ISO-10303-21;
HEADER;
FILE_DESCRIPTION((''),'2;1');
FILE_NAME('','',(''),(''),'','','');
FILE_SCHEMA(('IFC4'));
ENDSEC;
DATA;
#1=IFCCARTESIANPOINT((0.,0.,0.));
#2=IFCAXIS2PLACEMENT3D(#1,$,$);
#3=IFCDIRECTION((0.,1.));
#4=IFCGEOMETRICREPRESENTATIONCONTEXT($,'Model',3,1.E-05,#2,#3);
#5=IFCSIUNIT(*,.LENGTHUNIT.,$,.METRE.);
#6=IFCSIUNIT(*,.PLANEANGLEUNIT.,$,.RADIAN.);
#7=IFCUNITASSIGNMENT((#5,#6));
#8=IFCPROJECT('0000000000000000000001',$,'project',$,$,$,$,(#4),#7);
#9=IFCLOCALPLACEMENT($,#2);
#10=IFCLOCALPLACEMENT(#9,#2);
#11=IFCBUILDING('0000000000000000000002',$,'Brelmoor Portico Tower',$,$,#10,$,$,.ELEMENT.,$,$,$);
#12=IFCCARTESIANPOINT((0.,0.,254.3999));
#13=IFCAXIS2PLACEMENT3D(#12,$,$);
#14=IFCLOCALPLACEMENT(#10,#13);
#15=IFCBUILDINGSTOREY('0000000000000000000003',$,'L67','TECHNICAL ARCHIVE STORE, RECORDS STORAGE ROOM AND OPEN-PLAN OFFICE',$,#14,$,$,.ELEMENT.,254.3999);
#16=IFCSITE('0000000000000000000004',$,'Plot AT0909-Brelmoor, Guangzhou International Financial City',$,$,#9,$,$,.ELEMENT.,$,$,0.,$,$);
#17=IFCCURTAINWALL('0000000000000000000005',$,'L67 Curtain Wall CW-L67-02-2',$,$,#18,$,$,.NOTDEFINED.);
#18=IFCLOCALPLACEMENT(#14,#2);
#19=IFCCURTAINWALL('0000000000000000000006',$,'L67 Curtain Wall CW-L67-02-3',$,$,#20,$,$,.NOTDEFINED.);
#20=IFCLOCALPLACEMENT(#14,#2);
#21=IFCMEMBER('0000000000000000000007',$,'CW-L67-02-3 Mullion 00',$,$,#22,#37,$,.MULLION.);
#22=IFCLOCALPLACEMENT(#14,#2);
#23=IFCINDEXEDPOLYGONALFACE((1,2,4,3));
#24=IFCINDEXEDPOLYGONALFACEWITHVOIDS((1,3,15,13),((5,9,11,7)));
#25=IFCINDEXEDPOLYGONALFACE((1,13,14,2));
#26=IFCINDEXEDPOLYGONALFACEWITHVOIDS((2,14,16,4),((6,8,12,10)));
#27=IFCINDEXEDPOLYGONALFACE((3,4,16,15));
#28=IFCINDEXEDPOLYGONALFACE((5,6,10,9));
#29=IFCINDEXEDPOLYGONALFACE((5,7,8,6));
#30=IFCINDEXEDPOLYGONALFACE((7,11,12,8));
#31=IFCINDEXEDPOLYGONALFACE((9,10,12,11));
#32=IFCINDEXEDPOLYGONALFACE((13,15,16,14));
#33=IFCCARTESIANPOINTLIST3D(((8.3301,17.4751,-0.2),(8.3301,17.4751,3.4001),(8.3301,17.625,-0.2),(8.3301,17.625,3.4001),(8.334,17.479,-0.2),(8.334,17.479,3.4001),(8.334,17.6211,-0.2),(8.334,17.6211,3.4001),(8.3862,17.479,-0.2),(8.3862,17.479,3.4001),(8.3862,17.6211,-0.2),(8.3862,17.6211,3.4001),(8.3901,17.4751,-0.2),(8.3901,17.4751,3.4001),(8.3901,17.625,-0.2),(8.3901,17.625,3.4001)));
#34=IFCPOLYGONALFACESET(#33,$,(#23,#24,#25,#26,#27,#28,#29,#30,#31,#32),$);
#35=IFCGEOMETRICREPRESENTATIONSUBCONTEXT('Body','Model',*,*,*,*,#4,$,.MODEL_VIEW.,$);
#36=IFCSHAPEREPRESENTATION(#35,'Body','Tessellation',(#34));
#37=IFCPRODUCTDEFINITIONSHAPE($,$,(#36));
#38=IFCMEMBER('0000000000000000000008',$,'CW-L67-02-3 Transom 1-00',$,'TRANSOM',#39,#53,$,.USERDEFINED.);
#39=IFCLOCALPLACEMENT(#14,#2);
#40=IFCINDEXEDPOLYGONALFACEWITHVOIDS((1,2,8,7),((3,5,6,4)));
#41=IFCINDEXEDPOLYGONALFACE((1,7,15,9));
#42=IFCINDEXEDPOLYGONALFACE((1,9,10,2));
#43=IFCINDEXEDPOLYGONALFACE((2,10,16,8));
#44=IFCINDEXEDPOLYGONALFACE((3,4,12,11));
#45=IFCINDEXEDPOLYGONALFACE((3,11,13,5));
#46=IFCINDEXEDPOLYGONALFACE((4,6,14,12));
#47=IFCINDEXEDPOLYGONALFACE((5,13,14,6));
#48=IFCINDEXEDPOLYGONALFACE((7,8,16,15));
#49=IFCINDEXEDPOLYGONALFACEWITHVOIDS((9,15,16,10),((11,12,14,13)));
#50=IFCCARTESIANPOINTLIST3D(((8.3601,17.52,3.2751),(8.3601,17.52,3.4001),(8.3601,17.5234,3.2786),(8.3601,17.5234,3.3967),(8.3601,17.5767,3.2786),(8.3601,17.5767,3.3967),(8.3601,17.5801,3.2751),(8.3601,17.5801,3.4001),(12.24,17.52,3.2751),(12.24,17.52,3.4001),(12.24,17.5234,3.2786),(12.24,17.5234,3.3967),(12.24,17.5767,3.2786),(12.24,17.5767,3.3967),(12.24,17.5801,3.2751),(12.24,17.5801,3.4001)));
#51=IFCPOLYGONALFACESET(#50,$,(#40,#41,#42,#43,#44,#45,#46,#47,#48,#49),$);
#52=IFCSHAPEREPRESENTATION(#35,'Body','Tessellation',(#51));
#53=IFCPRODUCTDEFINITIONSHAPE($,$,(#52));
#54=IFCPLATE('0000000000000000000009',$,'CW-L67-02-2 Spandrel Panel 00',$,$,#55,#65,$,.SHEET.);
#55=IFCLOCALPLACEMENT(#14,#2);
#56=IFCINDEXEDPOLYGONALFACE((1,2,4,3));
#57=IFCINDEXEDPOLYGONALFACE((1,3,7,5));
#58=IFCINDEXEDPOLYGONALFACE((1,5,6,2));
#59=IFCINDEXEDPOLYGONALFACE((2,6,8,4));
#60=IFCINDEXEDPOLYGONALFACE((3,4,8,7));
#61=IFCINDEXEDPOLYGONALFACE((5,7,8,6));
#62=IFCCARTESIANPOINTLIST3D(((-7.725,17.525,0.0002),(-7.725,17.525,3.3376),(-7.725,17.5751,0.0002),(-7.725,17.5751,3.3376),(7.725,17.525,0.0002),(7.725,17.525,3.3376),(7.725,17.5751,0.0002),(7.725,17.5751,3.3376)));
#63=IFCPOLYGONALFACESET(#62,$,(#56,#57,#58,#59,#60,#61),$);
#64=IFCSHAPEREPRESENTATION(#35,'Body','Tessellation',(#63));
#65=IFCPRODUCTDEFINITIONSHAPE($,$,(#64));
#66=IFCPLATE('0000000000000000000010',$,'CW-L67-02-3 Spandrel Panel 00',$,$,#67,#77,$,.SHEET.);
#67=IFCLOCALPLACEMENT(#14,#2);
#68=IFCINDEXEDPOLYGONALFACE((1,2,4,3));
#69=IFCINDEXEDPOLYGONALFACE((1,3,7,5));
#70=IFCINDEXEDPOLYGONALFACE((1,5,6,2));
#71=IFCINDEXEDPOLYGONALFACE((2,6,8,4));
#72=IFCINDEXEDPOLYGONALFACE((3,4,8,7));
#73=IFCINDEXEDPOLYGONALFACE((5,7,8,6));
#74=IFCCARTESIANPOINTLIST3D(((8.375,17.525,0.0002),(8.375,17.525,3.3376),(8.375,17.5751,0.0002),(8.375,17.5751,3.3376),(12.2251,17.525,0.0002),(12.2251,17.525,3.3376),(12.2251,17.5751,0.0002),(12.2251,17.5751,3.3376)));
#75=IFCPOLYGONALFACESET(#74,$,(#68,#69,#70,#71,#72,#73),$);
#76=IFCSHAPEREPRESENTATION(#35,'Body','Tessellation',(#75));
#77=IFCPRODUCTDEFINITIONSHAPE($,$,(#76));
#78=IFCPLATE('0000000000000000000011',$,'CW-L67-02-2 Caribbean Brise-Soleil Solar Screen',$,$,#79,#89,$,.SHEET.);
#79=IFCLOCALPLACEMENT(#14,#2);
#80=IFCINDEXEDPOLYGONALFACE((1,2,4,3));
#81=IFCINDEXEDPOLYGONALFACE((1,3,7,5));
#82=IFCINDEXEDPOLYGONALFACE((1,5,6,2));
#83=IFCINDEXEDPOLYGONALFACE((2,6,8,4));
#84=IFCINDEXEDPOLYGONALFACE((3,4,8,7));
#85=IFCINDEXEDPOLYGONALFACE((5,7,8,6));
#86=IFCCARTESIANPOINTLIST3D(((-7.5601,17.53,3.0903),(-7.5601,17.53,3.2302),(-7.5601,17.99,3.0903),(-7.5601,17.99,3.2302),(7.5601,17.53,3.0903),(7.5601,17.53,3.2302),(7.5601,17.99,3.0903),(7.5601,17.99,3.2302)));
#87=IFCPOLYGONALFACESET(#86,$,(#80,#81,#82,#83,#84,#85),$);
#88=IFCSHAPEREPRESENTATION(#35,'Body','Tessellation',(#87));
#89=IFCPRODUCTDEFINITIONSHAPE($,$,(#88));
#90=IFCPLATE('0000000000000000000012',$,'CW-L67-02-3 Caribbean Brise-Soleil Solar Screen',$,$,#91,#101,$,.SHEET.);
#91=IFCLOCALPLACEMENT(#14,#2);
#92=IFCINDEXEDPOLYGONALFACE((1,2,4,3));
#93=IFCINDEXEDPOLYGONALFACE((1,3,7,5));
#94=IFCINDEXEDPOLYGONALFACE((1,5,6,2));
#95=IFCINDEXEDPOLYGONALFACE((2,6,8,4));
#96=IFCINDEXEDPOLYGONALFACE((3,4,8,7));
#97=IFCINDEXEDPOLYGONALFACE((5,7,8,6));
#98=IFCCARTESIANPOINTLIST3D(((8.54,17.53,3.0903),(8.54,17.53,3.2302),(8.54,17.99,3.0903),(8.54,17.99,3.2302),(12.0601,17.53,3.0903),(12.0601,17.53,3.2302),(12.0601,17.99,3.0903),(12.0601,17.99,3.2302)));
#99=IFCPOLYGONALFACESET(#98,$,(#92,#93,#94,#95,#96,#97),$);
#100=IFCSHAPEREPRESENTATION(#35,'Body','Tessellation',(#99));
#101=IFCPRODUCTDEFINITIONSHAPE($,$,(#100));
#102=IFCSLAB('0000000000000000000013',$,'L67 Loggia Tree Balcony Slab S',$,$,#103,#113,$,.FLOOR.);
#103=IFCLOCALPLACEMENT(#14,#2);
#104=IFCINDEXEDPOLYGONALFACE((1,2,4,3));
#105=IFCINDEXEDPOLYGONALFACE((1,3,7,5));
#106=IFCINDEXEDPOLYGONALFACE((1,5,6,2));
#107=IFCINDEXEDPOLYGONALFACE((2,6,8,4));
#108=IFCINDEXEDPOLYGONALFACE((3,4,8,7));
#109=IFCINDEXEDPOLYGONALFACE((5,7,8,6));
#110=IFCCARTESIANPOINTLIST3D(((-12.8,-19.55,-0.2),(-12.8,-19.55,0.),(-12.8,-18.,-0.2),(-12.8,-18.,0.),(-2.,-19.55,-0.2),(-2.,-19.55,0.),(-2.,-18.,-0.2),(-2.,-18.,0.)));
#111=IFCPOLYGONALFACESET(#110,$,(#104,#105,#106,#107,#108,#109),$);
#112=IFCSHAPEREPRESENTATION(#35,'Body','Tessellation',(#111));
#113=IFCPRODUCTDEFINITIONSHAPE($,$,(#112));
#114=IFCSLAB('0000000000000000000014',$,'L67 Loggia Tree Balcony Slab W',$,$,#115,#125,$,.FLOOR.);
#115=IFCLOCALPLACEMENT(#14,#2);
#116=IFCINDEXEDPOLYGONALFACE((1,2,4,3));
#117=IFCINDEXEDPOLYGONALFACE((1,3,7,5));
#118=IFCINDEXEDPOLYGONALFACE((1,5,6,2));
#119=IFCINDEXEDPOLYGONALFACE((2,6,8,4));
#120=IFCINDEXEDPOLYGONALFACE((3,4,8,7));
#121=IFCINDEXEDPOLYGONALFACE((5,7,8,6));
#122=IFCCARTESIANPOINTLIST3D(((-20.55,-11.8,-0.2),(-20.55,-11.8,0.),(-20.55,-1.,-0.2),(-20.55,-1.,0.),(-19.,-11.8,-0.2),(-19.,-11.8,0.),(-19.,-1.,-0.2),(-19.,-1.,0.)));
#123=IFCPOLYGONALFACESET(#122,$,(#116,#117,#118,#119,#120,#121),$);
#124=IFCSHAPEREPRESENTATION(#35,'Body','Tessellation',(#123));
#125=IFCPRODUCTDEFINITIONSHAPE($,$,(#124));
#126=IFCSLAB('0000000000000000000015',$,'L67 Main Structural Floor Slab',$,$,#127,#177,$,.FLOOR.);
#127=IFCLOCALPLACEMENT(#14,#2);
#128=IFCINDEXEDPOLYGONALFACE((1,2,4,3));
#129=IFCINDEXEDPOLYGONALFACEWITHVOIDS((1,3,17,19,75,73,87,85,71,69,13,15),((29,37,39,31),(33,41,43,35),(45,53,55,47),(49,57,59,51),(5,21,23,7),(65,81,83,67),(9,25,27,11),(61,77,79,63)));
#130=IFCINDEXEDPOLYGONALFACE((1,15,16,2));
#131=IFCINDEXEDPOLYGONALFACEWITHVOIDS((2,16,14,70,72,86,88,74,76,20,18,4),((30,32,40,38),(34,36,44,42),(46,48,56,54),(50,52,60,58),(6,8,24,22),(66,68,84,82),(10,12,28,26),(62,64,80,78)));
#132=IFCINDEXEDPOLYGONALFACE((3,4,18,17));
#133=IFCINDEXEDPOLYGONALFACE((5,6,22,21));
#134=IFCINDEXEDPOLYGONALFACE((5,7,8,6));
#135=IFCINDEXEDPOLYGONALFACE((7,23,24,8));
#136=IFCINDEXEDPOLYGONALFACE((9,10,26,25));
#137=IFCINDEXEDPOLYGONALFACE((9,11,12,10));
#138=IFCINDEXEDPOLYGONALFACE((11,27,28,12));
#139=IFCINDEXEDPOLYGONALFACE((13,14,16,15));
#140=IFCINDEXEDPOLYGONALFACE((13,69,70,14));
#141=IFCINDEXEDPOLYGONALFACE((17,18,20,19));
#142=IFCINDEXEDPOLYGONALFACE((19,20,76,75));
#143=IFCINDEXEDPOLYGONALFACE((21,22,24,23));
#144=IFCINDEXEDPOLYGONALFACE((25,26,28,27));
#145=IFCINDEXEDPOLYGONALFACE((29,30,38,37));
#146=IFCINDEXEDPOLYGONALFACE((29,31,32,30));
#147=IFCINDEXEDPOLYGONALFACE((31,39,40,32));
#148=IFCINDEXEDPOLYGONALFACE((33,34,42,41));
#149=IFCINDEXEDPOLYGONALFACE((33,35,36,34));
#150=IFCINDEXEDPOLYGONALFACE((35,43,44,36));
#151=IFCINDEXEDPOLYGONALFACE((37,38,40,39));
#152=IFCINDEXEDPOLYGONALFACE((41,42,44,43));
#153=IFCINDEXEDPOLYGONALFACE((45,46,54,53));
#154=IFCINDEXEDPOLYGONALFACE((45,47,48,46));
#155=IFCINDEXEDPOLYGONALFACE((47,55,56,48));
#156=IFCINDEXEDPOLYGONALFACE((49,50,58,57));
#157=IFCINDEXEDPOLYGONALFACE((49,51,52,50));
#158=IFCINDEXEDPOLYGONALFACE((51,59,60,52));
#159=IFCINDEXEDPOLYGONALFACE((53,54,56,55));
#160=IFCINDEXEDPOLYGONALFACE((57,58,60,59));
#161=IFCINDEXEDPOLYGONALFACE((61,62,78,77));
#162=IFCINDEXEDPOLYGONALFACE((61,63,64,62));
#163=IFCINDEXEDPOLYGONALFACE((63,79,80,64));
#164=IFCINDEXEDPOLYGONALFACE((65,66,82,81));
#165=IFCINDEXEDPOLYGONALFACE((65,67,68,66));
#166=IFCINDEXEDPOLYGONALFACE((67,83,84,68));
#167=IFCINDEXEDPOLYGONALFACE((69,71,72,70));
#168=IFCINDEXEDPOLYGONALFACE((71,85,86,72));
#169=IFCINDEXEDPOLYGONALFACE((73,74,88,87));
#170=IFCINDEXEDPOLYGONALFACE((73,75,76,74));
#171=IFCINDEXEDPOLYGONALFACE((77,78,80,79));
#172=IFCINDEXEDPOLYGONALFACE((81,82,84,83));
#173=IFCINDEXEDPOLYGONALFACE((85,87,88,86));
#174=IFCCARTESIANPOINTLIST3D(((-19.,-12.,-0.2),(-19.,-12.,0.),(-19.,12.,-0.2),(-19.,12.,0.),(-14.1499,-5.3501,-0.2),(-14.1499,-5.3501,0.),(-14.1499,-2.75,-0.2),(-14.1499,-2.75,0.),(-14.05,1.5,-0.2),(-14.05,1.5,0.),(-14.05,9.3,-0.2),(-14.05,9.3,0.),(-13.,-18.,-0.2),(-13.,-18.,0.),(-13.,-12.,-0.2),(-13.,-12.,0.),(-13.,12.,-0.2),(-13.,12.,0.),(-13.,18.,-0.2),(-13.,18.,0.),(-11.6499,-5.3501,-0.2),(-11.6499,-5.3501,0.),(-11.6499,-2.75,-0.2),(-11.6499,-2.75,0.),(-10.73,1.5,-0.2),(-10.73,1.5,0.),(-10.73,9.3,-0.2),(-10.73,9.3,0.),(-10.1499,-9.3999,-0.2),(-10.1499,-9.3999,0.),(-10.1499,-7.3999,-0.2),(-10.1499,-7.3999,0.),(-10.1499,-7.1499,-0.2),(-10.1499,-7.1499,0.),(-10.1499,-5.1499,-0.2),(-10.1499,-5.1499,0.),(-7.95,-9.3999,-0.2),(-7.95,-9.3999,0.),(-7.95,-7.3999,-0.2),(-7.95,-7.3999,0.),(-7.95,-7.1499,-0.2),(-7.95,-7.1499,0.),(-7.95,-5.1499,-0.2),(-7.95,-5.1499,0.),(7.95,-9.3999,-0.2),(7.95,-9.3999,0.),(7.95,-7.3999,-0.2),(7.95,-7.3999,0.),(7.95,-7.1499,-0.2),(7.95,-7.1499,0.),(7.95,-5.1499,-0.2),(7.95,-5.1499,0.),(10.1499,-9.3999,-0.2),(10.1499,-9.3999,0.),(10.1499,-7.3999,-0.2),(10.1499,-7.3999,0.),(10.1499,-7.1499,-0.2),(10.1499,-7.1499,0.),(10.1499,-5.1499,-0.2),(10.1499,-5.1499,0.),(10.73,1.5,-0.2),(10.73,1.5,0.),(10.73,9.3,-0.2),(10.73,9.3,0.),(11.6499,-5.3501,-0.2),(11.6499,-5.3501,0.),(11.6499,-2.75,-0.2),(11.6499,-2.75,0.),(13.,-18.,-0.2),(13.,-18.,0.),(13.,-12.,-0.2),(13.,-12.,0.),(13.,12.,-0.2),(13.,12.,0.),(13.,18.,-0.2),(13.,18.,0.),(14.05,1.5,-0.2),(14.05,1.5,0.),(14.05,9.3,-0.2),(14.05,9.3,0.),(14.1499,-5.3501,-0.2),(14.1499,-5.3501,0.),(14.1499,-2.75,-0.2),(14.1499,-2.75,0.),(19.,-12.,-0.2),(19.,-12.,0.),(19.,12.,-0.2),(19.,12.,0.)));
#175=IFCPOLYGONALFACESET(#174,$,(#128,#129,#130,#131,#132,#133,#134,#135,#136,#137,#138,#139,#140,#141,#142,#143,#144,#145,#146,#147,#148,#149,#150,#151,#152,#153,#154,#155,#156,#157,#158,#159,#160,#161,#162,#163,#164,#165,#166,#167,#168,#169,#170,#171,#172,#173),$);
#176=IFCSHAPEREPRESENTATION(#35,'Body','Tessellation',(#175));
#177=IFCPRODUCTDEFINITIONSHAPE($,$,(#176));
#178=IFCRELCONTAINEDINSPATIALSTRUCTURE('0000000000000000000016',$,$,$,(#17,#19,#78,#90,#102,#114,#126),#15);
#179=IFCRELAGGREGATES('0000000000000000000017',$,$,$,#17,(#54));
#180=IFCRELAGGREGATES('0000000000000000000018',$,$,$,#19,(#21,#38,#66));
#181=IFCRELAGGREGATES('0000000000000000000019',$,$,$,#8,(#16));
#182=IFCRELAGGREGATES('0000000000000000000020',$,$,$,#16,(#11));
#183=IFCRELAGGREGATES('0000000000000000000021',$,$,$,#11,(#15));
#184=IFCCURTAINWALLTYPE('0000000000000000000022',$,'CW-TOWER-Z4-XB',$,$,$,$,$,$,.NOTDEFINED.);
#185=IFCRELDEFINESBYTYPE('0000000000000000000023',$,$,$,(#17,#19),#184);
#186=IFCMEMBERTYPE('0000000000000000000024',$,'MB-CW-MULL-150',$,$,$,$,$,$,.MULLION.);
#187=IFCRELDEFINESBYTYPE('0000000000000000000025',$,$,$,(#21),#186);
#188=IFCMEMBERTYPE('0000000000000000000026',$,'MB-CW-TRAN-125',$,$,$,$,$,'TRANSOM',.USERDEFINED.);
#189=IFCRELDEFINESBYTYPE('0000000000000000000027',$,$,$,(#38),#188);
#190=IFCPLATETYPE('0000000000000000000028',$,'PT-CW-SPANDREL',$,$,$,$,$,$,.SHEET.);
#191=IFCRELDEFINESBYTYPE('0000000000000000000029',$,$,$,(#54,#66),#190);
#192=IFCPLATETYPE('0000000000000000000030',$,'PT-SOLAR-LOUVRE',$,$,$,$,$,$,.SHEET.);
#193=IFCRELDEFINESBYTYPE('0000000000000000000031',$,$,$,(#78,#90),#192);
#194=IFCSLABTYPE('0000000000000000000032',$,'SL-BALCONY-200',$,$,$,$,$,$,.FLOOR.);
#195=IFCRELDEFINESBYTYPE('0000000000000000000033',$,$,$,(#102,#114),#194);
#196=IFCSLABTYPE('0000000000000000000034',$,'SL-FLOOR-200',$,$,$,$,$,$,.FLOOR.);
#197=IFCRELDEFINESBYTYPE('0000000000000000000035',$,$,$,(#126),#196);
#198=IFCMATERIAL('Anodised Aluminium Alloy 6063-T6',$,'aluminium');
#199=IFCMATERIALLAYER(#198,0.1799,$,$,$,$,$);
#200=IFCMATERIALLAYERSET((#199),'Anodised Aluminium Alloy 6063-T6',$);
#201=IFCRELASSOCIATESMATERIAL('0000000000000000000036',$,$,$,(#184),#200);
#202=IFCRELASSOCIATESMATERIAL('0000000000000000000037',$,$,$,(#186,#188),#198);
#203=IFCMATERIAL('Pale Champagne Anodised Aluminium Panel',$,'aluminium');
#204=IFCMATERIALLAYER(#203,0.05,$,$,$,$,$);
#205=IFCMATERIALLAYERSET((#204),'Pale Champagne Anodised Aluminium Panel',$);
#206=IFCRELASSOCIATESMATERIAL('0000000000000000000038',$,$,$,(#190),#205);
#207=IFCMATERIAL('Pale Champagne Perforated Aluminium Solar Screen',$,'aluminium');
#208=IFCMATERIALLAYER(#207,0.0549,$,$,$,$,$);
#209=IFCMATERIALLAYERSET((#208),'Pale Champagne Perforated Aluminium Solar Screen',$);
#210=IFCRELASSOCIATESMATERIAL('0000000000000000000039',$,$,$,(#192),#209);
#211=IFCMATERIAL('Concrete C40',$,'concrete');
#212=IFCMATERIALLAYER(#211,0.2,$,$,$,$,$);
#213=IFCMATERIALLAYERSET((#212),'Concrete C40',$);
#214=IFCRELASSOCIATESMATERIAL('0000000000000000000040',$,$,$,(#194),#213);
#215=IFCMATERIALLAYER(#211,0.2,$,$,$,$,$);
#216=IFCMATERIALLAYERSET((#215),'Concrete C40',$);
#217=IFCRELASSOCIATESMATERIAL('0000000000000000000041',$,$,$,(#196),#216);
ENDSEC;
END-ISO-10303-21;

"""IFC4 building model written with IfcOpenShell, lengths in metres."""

from ifc_helpers import new_model, si_unit, direction, frame, origin, origin_2d, place, context, subcontext, project, spatial, polyline, rectangle, hollow_rectangle, outline, extrude, material, layer, layer_set, material_profile, profile_set, type_object, element, aggregate, save


model = new_model("IFC4")

# Units and contexts
model_context = context("Model", 3, precision=1e-05, world=origin(), true_north=direction((0.0, 1.0)))
body_context = subcontext(model_context, "Body", "Model", "MODEL_VIEW")
ifc_project = project(units=[si_unit("LENGTHUNIT", "METRE"), si_unit("PLANEANGLEUNIT", "RADIAN")], contexts=[model_context])

# Site, building, storey
site_placement = place(None, origin())
site = spatial("IfcSite", under=ifc_project, at=site_placement, Name="Plot AT0909-Brelmoor, Guangzhou International Financial City", CompositionType="ELEMENT", RefElevation=0.0)
building_placement = place(site_placement, origin())
building = spatial("IfcBuilding", under=site, at=building_placement, Name="Brelmoor Portico Tower", CompositionType="ELEMENT")
storey_placement = place(building_placement, frame((0.0, 0.0, 254.3999)))
storey = spatial("IfcBuildingStorey", under=building, at=storey_placement, Name="L67", Description="TECHNICAL ARCHIVE STORE, RECORDS STORAGE ROOM AND OPEN-PLAN OFFICE", CompositionType="ELEMENT", Elevation=254.3999)

# Curtain wall
ifc_material_1 = material(Name="Anodised Aluminium Alloy 6063-T6", Category="aluminium")
ifc_layer_1 = layer(ifc_material_1, 0.1799)
ifc_layer_set_1 = layer_set([ifc_layer_1], Name="Anodised Aluminium Alloy 6063-T6")
curtain_wall_type = type_object("IfcCurtainWallType", Name="CW-TOWER-Z4-XB", PredefinedType="NOTDEFINED", material=ifc_layer_set_1)
curtain_wall_1_placement = place(storey_placement, origin())
curtain_wall_1 = element("IfcCurtainWall", 1, at=curtain_wall_1_placement, inside=storey, type_object=curtain_wall_type, Name="L67 Curtain Wall CW-L67-02-2", PredefinedType="NOTDEFINED")
ifc_material_profile_1 = material_profile(ifc_material_1, hollow_rectangle(XDim=0.0601, YDim=0.1499, WallThickness=0.0039, at=origin_2d()), Name="ALU MULLION 60x150")
ifc_profile_set_1 = profile_set([ifc_material_profile_1], Name="Anodised Aluminium Alloy 6063-T6")
member_type_1 = type_object("IfcMemberType", Name="MB-CW-MULL-150", PredefinedType="MULLION", material=ifc_profile_set_1)

# Curtain wall, members
curtain_wall_2_placement = place(storey_placement, origin())
curtain_wall_2 = element("IfcCurtainWall", 2, at=curtain_wall_2_placement, inside=storey, type_object=curtain_wall_type, Name="L67 Curtain Wall CW-L67-02-3", PredefinedType="NOTDEFINED")
member_1_placement = place(storey_placement, frame((8.3601, 17.55, -0.2), z_axis=(0.0, 0.0, 1.0), x_axis=(1.0, 0.0, 0.0)))
member_1 = element("IfcMember", 3, at=member_1_placement, type_object=member_type_1, Name="CW-L67-02-3 Mullion 00", PredefinedType="MULLION", context=body_context, shape_type="SweptSolid", body=[
    extrude(hollow_rectangle(XDim=0.0601, YDim=0.1499, WallThickness=0.0039, at=origin_2d()), origin(), (0.0, 0.0, 1.0), 3.6001),
])
ifc_material_profile_2 = material_profile(ifc_material_1, hollow_rectangle(XDim=0.0601, YDim=0.125, WallThickness=0.0034, at=origin_2d()), Name="ALU TRANSOM 60x125")
ifc_profile_set_2 = profile_set([ifc_material_profile_2], Name="Anodised Aluminium Alloy 6063-T6")
member_type_2 = type_object("IfcMemberType", Name="MB-CW-TRAN-125", ElementType="TRANSOM", PredefinedType="USERDEFINED", material=ifc_profile_set_2)
member_2_placement = place(storey_placement, frame((8.3601, 17.55, 3.3376), z_axis=(1.0, 0.0, 0.0), x_axis=(0.0, 1.0, 0.0)))
member_2 = element("IfcMember", 4, at=member_2_placement, type_object=member_type_2, Name="CW-L67-02-3 Transom 1-00", ObjectType="TRANSOM", PredefinedType="USERDEFINED", context=body_context, shape_type="SweptSolid", body=[
    extrude(hollow_rectangle(XDim=0.0601, YDim=0.125, WallThickness=0.0034, at=origin_2d()), origin(), (0.0, 0.0, 1.0), 3.8799),
])

# Plates
ifc_material_2 = material(Name="Pale Champagne Anodised Aluminium Panel", Category="aluminium")
ifc_layer_2 = layer(ifc_material_2, 0.05)
ifc_layer_set_2 = layer_set([ifc_layer_2], Name="Pale Champagne Anodised Aluminium Panel")
plate_type_1 = type_object("IfcPlateType", Name="PT-CW-SPANDREL", PredefinedType="SHEET", material=ifc_layer_set_2)
plate_1_placement = place(storey_placement, frame((0.0, 17.55, 0.0002), z_axis=(0.0, 0.0, 1.0), x_axis=(1.0, 0.0, 0.0)))
plate_1 = element("IfcPlate", 5, at=plate_1_placement, type_object=plate_type_1, Name="CW-L67-02-2 Spandrel Panel 00", PredefinedType="SHEET", context=body_context, shape_type="SweptSolid", body=[
    extrude(rectangle(XDim=15.45, YDim=0.05, at=origin_2d()), origin(), (0.0, 0.0, 1.0), 3.3374),
])
aggregate(curtain_wall_1, [plate_1])
plate_2_placement = place(storey_placement, frame((10.3, 17.55, 0.0002), z_axis=(0.0, 0.0, 1.0), x_axis=(1.0, 0.0, 0.0)))
plate_2 = element("IfcPlate", 6, at=plate_2_placement, type_object=plate_type_1, Name="CW-L67-02-3 Spandrel Panel 00", PredefinedType="SHEET", context=body_context, shape_type="SweptSolid", body=[
    extrude(rectangle(XDim=3.8501, YDim=0.05, at=origin_2d()), origin(), (0.0, 0.0, 1.0), 3.3374),
])
aggregate(curtain_wall_2, [member_1, member_2, plate_2])

# Plates
ifc_material_3 = material(Name="Pale Champagne Perforated Aluminium Solar Screen", Category="aluminium")
ifc_layer_3 = layer(ifc_material_3, 0.0549)
ifc_layer_set_3 = layer_set([ifc_layer_3], Name="Pale Champagne Perforated Aluminium Solar Screen")
plate_type_2 = type_object("IfcPlateType", Name="PT-SOLAR-LOUVRE", PredefinedType="SHEET", material=ifc_layer_set_3)
plate_3_placement = place(storey_placement, frame((0.0, 17.76, 3.0903), z_axis=(0.0, 0.0, 1.0), x_axis=(1.0, 0.0, 0.0)))
element("IfcPlate", 7, at=plate_3_placement, inside=storey, type_object=plate_type_2, Name="CW-L67-02-2 Caribbean Brise-Soleil Solar Screen", PredefinedType="SHEET", context=body_context, shape_type="SweptSolid", body=[
    extrude(rectangle(XDim=15.1201, YDim=0.46, at=origin_2d()), origin(), (0.0, 0.0, 1.0), 0.1399),
])
plate_4_placement = place(storey_placement, frame((10.3, 17.76, 3.0903), z_axis=(0.0, 0.0, 1.0), x_axis=(1.0, 0.0, 0.0)))
element("IfcPlate", 8, at=plate_4_placement, inside=storey, type_object=plate_type_2, Name="CW-L67-02-3 Caribbean Brise-Soleil Solar Screen", PredefinedType="SHEET", context=body_context, shape_type="SweptSolid", body=[
    extrude(rectangle(XDim=3.52, YDim=0.46, at=origin_2d()), origin(), (0.0, 0.0, 1.0), 0.1399),
])

# Slabs
ifc_material_4 = material(Name="Concrete C40", Category="concrete")
ifc_layer_4 = layer(ifc_material_4, 0.2)
ifc_layer_set_4 = layer_set([ifc_layer_4], Name="Concrete C40")
slab_type_1 = type_object("IfcSlabType", Name="SL-BALCONY-200", PredefinedType="FLOOR", material=ifc_layer_set_4)
slab_1_placement = place(storey_placement, frame((0.0, 0.0, -0.2)))
element("IfcSlab", 9, at=slab_1_placement, inside=storey, type_object=slab_type_1, Name="L67 Loggia Tree Balcony Slab S", PredefinedType="FLOOR", context=body_context, shape_type="SweptSolid", body=[
    extrude(outline(polyline([(-12.8, -19.55), (-2.0, -19.55), (-2.0, -18.0), (-12.8, -18.0), (-12.8, -19.55)])), origin(), (0.0, 0.0, 1.0), 0.2),
])
slab_2_placement = place(storey_placement, frame((0.0, 0.0, -0.2)))
element("IfcSlab", 10, at=slab_2_placement, inside=storey, type_object=slab_type_1, Name="L67 Loggia Tree Balcony Slab W", PredefinedType="FLOOR", context=body_context, shape_type="SweptSolid", body=[
    extrude(outline(polyline([(-20.55, -11.8), (-19.0, -11.8), (-19.0, -1.0), (-20.55, -1.0), (-20.55, -11.8)])), origin(), (0.0, 0.0, 1.0), 0.2),
])
ifc_layer_5 = layer(ifc_material_4, 0.2)
ifc_layer_set_5 = layer_set([ifc_layer_5], Name="Concrete C40")
slab_type_2 = type_object("IfcSlabType", Name="SL-FLOOR-200", PredefinedType="FLOOR", material=ifc_layer_set_5)
slab_3_placement = place(storey_placement, frame((0.0, 0.0, -0.2)))
element("IfcSlab", 11, at=slab_3_placement, inside=storey, type_object=slab_type_2, Name="L67 Main Structural Floor Slab", PredefinedType="FLOOR", context=body_context, shape_type="SweptSolid", body=[
    extrude(outline(polyline([(-13.0, -18.0), (13.0, -18.0), (13.0, -12.0), (19.0, -12.0), (19.0, 12.0), (13.0, 12.0), (13.0, 18.0), (-13.0, 18.0), (-13.0, 12.0), (-19.0, 12.0), (-19.0, -12.0), (-13.0, -12.0), (-13.0, -18.0)]), holes=[polyline([(-10.73, 1.5), (-10.73, 9.3), (-14.05, 9.3), (-14.05, 1.5), (-10.73, 1.5)]), polyline([(14.05, 1.5), (14.05, 9.3), (10.73, 9.3), (10.73, 1.5), (14.05, 1.5)]), polyline([(-10.1499, -9.3999), (-7.95, -9.3999), (-7.95, -7.3999), (-10.1499, -7.3999), (-10.1499, -9.3999)]), polyline([(-10.1499, -7.1499), (-7.95, -7.1499), (-7.95, -5.1499), (-10.1499, -5.1499), (-10.1499, -7.1499)]), polyline([(7.95, -9.3999), (10.1499, -9.3999), (10.1499, -7.3999), (7.95, -7.3999), (7.95, -9.3999)]), polyline([(7.95, -7.1499), (10.1499, -7.1499), (10.1499, -5.1499), (7.95, -5.1499), (7.95, -7.1499)]), polyline([(-14.1499, -5.3501), (-11.6499, -5.3501), (-11.6499, -2.75), (-14.1499, -2.75), (-14.1499, -5.3501)]), polyline([(11.6499, -5.3501), (14.1499, -5.3501), (14.1499, -2.75), (11.6499, -2.75), (11.6499, -5.3501)])]), origin(), (0.0, 0.0, 1.0), 0.2),
])

save(model, "model.ifc")
